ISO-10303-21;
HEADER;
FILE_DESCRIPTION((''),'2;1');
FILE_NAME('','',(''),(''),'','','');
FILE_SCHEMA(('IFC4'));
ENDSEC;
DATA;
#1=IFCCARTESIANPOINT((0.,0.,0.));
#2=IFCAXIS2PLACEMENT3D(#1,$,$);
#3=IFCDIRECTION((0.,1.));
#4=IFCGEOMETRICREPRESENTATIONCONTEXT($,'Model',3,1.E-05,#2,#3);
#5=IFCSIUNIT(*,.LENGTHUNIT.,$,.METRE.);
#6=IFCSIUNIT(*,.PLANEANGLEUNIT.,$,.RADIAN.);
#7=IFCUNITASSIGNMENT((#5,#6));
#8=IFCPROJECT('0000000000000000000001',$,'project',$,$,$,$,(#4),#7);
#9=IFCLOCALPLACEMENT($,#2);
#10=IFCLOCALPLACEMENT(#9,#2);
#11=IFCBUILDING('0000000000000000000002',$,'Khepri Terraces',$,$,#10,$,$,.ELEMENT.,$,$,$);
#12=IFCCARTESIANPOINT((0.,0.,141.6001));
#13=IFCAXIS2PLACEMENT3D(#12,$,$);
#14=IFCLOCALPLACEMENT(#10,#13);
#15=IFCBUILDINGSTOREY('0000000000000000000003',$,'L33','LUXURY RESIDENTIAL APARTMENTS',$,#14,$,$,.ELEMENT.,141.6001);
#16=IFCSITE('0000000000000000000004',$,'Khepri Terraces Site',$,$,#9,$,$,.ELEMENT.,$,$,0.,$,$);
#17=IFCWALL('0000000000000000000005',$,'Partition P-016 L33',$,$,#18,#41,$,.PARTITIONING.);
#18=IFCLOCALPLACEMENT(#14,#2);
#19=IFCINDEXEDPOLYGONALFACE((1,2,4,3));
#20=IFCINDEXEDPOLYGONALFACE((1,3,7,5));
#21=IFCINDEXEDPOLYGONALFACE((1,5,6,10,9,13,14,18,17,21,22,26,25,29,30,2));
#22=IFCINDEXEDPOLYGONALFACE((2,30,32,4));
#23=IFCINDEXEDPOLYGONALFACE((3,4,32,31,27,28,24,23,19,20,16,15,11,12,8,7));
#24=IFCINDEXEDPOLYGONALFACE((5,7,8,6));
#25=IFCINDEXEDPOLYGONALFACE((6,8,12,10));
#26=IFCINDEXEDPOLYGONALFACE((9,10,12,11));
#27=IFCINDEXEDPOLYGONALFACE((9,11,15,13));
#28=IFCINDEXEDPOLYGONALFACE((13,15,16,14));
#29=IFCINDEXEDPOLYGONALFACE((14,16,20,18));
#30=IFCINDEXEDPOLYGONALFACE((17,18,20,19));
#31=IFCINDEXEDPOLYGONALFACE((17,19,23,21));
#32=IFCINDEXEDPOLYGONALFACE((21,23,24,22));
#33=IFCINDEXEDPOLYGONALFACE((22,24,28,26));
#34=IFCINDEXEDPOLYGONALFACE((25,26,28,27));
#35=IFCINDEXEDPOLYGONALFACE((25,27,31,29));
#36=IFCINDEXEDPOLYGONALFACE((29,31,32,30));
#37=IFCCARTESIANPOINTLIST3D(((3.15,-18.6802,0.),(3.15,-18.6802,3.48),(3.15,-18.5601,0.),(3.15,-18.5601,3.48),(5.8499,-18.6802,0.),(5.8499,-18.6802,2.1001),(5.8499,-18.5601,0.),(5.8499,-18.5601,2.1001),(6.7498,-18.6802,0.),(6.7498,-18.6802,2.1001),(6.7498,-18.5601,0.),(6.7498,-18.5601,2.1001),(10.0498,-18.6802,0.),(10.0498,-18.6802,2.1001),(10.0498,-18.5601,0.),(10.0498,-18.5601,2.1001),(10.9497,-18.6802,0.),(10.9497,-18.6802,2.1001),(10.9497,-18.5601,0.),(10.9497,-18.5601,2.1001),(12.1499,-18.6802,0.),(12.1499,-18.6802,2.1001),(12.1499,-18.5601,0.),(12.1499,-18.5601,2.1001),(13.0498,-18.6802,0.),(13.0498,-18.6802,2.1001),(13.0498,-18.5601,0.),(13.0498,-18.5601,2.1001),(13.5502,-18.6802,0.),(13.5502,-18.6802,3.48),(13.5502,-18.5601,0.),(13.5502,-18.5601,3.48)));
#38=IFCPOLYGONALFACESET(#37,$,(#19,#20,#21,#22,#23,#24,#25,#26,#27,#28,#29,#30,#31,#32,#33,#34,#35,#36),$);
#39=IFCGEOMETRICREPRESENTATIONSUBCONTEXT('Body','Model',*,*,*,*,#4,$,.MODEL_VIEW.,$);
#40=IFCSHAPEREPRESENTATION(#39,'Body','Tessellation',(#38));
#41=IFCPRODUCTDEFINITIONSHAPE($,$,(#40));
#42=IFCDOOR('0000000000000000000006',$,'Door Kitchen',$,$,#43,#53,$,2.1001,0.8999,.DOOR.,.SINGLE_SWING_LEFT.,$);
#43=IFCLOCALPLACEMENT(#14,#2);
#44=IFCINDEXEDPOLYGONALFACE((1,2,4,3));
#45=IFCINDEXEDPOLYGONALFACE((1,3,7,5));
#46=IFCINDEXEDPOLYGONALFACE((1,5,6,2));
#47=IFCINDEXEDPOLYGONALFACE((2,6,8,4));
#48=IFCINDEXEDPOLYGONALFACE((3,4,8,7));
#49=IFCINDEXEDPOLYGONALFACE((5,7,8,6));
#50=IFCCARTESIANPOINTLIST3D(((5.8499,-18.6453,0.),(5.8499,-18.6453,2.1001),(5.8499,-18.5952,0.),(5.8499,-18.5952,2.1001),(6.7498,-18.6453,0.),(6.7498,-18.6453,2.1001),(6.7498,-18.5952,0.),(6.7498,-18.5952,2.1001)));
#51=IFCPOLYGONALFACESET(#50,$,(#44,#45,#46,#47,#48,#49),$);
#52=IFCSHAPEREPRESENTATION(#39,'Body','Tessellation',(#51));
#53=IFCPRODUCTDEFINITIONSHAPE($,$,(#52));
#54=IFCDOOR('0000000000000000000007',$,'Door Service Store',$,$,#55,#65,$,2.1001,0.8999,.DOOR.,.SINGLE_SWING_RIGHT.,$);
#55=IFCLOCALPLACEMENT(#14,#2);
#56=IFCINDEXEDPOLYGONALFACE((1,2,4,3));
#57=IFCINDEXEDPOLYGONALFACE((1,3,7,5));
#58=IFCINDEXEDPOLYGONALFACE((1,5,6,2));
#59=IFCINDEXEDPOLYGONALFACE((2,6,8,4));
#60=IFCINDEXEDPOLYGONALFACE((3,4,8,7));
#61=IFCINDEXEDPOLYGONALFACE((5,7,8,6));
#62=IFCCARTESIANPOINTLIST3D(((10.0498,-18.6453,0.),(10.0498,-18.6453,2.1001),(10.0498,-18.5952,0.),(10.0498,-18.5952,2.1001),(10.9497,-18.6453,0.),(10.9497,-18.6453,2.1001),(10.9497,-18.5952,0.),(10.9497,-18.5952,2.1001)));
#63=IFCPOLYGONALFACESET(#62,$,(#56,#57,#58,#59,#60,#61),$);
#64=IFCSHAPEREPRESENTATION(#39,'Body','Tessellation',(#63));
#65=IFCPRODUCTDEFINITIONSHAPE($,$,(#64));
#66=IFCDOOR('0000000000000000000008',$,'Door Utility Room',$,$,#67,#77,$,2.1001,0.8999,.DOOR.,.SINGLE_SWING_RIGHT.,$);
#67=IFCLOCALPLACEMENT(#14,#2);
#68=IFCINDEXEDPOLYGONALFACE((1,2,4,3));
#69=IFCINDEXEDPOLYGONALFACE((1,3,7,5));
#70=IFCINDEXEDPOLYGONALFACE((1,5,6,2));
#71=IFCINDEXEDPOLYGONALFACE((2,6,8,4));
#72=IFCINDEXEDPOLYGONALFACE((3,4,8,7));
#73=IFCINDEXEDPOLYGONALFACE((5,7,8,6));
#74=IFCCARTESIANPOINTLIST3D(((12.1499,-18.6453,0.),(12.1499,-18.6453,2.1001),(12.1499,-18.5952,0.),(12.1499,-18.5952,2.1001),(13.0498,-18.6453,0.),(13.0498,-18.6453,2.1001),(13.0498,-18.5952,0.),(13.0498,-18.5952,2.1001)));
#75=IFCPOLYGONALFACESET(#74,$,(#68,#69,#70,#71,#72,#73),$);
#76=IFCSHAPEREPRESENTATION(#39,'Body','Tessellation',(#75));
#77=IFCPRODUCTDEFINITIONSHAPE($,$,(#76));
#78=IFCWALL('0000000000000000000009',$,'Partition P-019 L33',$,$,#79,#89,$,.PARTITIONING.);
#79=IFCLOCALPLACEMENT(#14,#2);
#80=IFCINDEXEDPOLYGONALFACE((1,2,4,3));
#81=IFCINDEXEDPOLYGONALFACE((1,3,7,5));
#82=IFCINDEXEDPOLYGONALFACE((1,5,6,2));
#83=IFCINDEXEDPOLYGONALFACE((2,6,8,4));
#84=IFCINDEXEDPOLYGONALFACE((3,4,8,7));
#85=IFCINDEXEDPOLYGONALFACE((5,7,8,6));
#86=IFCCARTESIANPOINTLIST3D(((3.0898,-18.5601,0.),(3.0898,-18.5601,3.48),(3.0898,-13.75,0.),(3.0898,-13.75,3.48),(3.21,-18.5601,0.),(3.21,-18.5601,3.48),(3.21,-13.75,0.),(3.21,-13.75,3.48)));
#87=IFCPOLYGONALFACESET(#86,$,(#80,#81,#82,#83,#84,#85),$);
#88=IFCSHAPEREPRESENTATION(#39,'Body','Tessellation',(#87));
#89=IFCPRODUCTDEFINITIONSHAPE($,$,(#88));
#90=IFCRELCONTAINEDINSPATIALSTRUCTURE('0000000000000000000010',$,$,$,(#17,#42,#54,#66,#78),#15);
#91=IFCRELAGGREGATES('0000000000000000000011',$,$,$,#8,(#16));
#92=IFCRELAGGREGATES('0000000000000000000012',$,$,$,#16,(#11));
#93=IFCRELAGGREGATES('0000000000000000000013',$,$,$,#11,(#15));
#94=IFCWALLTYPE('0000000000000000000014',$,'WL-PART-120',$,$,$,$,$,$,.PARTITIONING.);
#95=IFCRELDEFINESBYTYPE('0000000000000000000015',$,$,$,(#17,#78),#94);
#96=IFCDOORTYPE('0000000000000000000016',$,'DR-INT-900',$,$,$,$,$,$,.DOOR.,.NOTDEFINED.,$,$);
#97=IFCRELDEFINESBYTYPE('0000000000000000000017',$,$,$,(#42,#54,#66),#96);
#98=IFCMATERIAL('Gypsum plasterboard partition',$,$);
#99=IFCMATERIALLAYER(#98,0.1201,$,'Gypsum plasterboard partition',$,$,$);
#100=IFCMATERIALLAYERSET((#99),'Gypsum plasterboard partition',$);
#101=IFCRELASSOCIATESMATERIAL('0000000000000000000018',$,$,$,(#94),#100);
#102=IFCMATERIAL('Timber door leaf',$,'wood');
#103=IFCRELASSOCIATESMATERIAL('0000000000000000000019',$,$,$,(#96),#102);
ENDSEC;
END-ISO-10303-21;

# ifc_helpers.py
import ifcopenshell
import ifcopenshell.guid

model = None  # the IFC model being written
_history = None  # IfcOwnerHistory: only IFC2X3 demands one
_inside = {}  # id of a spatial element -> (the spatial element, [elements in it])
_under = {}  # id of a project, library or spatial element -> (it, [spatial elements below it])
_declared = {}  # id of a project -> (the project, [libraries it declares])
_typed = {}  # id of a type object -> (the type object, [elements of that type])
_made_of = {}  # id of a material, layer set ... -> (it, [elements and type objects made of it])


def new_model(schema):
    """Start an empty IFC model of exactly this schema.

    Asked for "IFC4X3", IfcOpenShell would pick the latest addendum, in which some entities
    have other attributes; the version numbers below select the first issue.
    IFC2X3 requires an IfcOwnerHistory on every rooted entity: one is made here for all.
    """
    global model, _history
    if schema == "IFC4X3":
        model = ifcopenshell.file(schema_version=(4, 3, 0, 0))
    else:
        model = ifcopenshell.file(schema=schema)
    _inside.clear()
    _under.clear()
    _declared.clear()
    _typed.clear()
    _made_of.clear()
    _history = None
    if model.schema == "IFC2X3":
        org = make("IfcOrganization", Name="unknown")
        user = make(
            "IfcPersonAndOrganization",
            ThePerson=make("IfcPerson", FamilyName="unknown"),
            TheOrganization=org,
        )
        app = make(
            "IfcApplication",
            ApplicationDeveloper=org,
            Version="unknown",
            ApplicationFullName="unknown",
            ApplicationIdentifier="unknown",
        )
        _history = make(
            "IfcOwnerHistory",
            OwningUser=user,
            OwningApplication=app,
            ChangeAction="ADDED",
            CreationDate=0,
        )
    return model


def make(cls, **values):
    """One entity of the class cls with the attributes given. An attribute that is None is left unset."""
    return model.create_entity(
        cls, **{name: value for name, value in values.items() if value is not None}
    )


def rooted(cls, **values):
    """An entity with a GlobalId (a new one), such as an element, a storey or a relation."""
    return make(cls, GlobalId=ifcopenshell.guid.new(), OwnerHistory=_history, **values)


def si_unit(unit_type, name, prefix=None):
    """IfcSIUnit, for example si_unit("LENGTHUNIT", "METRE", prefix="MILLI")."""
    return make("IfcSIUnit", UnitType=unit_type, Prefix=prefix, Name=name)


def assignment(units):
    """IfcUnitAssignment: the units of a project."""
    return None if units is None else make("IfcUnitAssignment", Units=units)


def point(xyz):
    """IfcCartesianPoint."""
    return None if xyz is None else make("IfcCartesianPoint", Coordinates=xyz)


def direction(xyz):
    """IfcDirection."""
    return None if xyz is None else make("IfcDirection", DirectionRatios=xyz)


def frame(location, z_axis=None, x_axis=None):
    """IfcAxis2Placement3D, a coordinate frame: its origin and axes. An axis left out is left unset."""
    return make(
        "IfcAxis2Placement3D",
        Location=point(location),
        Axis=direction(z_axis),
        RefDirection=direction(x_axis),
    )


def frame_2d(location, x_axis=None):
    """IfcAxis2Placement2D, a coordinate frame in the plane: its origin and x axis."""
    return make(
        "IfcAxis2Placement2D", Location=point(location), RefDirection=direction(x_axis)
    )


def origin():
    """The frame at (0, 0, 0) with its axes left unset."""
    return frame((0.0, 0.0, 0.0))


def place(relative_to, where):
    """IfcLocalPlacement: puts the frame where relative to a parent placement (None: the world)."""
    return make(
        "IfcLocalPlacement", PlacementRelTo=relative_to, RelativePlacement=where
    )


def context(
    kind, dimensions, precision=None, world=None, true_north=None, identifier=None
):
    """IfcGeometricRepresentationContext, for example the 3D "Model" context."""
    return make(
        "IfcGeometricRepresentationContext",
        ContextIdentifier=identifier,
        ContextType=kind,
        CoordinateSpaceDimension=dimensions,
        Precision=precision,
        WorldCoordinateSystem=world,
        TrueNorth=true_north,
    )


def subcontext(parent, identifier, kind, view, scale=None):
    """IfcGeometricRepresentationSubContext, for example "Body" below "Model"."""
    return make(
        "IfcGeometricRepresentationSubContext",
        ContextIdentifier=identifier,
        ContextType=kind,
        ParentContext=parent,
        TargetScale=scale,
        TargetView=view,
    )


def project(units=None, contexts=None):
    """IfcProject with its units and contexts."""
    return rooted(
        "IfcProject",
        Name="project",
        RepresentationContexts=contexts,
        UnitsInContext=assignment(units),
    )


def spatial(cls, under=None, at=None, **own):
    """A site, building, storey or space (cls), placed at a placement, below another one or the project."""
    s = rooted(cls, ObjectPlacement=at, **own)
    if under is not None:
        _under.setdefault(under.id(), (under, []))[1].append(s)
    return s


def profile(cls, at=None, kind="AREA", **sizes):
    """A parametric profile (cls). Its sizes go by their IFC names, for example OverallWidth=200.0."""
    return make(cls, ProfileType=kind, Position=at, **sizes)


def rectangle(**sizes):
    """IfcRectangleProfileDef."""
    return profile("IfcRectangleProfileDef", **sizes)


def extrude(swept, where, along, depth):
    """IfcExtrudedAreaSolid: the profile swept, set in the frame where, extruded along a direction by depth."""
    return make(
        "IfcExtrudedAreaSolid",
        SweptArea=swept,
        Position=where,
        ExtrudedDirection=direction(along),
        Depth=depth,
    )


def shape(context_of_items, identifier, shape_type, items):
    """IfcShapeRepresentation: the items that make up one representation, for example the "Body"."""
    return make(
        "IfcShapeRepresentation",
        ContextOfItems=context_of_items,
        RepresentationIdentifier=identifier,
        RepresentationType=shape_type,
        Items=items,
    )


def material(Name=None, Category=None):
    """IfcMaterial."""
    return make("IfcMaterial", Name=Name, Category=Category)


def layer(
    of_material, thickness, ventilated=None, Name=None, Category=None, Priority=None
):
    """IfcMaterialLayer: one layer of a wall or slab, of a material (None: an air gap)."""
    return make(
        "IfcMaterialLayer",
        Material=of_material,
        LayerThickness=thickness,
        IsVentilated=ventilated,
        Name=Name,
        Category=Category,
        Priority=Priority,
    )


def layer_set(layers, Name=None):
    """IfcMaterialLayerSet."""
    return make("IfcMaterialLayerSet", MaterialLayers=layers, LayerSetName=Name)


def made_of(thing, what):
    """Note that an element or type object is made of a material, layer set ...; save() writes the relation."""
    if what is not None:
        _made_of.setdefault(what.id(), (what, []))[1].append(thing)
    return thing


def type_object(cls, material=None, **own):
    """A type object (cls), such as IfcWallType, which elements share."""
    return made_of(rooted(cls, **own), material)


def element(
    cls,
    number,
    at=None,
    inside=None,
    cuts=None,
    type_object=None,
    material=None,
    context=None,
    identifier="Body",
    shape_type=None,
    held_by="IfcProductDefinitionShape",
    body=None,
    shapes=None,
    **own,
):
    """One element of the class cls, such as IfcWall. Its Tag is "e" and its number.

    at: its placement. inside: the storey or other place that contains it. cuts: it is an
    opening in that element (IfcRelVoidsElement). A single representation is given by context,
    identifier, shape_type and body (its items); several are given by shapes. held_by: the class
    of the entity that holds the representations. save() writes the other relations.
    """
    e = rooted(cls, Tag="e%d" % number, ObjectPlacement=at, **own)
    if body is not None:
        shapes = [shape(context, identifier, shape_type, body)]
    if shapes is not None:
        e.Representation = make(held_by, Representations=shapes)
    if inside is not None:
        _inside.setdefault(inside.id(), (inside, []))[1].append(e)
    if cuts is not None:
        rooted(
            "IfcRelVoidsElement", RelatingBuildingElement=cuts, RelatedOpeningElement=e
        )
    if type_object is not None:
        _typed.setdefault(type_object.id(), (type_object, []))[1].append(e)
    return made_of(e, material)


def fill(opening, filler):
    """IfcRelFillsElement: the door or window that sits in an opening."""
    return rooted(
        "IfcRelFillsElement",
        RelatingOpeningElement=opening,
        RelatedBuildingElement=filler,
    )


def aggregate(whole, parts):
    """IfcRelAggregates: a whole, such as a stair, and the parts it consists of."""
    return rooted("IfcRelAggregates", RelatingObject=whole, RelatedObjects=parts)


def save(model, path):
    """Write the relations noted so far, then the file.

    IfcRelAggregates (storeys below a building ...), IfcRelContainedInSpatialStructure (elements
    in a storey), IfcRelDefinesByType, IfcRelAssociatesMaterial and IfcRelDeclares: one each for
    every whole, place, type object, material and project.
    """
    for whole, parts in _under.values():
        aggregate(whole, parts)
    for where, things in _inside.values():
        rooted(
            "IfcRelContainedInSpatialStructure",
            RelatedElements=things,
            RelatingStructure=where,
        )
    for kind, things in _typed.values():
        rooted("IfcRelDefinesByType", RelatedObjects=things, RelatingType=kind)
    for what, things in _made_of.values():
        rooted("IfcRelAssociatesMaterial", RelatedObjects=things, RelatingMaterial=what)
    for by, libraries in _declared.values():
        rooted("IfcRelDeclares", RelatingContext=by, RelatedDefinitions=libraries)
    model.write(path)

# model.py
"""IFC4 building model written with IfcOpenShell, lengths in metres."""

from ifc_helpers import new_model, si_unit, direction, frame, frame_2d, origin, place, context, subcontext, project, spatial, rectangle, extrude, material, layer, layer_set, type_object, element, fill, save


model = new_model("IFC4")

# Units and contexts
model_context = context("Model", 3, precision=1e-05, world=origin(), true_north=direction((0.0, 1.0)))
body_context = subcontext(model_context, "Body", "Model", "MODEL_VIEW")
ifc_project = project(units=[si_unit("LENGTHUNIT", "METRE"), si_unit("PLANEANGLEUNIT", "RADIAN")], contexts=[model_context])

# Site, building, storey
site_placement = place(None, origin())
site = spatial("IfcSite", under=ifc_project, at=site_placement, Name="Khepri Terraces Site", CompositionType="ELEMENT", RefElevation=0.0)
building_placement = place(site_placement, origin())
building = spatial("IfcBuilding", under=site, at=building_placement, Name="Khepri Terraces", CompositionType="ELEMENT")
storey_placement = place(building_placement, frame((0.0, 0.0, 141.6001)))
storey = spatial("IfcBuildingStorey", under=building, at=storey_placement, Name="L33", Description="LUXURY RESIDENTIAL APARTMENTS", CompositionType="ELEMENT", Elevation=141.6001)

# Shared definitions
ifc_material_1 = material(Name="Gypsum plasterboard partition")
ifc_layer_1 = layer(ifc_material_1, 0.1201, Name="Gypsum plasterboard partition")
ifc_layer_set_1 = layer_set([ifc_layer_1], Name="Gypsum plasterboard partition")
wall_type_1 = type_object("IfcWallType", Name="WL-PART-120", PredefinedType="PARTITIONING", material=ifc_layer_set_1)

# Shared definitions
ifc_material_2 = material(Name="Timber door leaf", Category="wood")
door_type_1 = type_object("IfcDoorType", Name="DR-INT-900", OperationType="NOTDEFINED", PredefinedType="DOOR", material=ifc_material_2)

# Wall, openings, doors
wall_1_placement = place(storey_placement, frame((3.1499, -18.6201, 0.0), z_axis=(0.0, 0.0, 1.0), x_axis=(1.0, 0.0, 0.0)))
wall_1 = element("IfcWall", 1, at=wall_1_placement, inside=storey, type_object=wall_type_1, Name="Partition P-016 L33", PredefinedType="PARTITIONING", context=body_context, shape_type="SweptSolid", body=[
    extrude(rectangle(XDim=10.4001, YDim=0.1201, at=frame_2d((5.2002, 0.0))), origin(), (0.0, 0.0, 1.0), 3.48),
])
opening_1_placement = place(wall_1_placement, frame((2.7, 0.0, 0.0)))
opening_1 = element("IfcOpeningElement", 2, at=opening_1_placement, cuts=wall_1, PredefinedType="OPENING", context=body_context, shape_type="SweptSolid", body=[
    extrude(rectangle(XDim=0.8999, YDim=2.1001, at=frame_2d((0.45, 1.05))), frame((0.0, 0.0701, 0.0), z_axis=(0.0, -1.0, 0.0), x_axis=(1.0, 0.0, 0.0)), (0.0, 0.0, 1.0), 0.1401),
])
opening_2_placement = place(wall_1_placement, frame((6.8999, 0.0, 0.0)))
opening_2 = element("IfcOpeningElement", 3, at=opening_2_placement, cuts=wall_1, PredefinedType="OPENING", context=body_context, shape_type="SweptSolid", body=[
    extrude(rectangle(XDim=0.8999, YDim=2.1001, at=frame_2d((0.45, 1.05))), frame((0.0, 0.0701, 0.0), z_axis=(0.0, -1.0, 0.0), x_axis=(1.0, 0.0, 0.0)), (0.0, 0.0, 1.0), 0.1401),
])
opening_3_placement = place(wall_1_placement, frame((9.0, 0.0, 0.0)))
opening_3 = element("IfcOpeningElement", 4, at=opening_3_placement, cuts=wall_1, PredefinedType="OPENING", context=body_context, shape_type="SweptSolid", body=[
    extrude(rectangle(XDim=0.8999, YDim=2.1001, at=frame_2d((0.45, 1.05))), frame((0.0, 0.0701, 0.0), z_axis=(0.0, -1.0, 0.0), x_axis=(1.0, 0.0, 0.0)), (0.0, 0.0, 1.0), 0.1401),
])
door_1_placement = place(opening_1_placement, origin())
door_1 = element("IfcDoor", 5, at=door_1_placement, inside=storey, type_object=door_type_1, Name="Door Kitchen", OperationType="SINGLE_SWING_LEFT", OverallHeight=2.1001, OverallWidth=0.8999, PredefinedType="DOOR", context=body_context, shape_type="SweptSolid", body=[
    extrude(rectangle(XDim=0.8999, YDim=2.1001, at=frame_2d((0.45, 1.05))), frame((0.0, 0.0249, 0.0), z_axis=(0.0, -1.0, 0.0), x_axis=(1.0, 0.0, 0.0)), (0.0, 0.0, 1.0), 0.05),
])
fill(opening_1, door_1)
door_2_placement = place(opening_2_placement, origin())
door_2 = element("IfcDoor", 6, at=door_2_placement, inside=storey, type_object=door_type_1, Name="Door Service Store", OperationType="SINGLE_SWING_RIGHT", OverallHeight=2.1001, OverallWidth=0.8999, PredefinedType="DOOR", context=body_context, shape_type="SweptSolid", body=[
    extrude(rectangle(XDim=0.8999, YDim=2.1001, at=frame_2d((0.45, 1.05))), frame((0.0, 0.0249, 0.0), z_axis=(0.0, -1.0, 0.0), x_axis=(1.0, 0.0, 0.0)), (0.0, 0.0, 1.0), 0.05),
])
fill(opening_2, door_2)
door_3_placement = place(opening_3_placement, origin())
door_3 = element("IfcDoor", 7, at=door_3_placement, inside=storey, type_object=door_type_1, Name="Door Utility Room", OperationType="SINGLE_SWING_RIGHT", OverallHeight=2.1001, OverallWidth=0.8999, PredefinedType="DOOR", context=body_context, shape_type="SweptSolid", body=[
    extrude(rectangle(XDim=0.8999, YDim=2.1001, at=frame_2d((0.45, 1.05))), frame((0.0, 0.0249, 0.0), z_axis=(0.0, -1.0, 0.0), x_axis=(1.0, 0.0, 0.0)), (0.0, 0.0, 1.0), 0.05),
])
fill(opening_3, door_3)

# Wall
wall_2_placement = place(storey_placement, frame((3.1499, -18.5601, 0.0), z_axis=(0.0, 0.0, 1.0), x_axis=(0.0, 1.0, 0.0)))
element("IfcWall", 8, at=wall_2_placement, inside=storey, type_object=wall_type_1, Name="Partition P-019 L33", PredefinedType="PARTITIONING", context=body_context, shape_type="SweptSolid", body=[
    extrude(rectangle(XDim=4.8101, YDim=0.1201, at=frame_2d((2.405, 0.0))), origin(), (0.0, 0.0, 1.0), 3.48),
])

save(model, "model.ifc")
